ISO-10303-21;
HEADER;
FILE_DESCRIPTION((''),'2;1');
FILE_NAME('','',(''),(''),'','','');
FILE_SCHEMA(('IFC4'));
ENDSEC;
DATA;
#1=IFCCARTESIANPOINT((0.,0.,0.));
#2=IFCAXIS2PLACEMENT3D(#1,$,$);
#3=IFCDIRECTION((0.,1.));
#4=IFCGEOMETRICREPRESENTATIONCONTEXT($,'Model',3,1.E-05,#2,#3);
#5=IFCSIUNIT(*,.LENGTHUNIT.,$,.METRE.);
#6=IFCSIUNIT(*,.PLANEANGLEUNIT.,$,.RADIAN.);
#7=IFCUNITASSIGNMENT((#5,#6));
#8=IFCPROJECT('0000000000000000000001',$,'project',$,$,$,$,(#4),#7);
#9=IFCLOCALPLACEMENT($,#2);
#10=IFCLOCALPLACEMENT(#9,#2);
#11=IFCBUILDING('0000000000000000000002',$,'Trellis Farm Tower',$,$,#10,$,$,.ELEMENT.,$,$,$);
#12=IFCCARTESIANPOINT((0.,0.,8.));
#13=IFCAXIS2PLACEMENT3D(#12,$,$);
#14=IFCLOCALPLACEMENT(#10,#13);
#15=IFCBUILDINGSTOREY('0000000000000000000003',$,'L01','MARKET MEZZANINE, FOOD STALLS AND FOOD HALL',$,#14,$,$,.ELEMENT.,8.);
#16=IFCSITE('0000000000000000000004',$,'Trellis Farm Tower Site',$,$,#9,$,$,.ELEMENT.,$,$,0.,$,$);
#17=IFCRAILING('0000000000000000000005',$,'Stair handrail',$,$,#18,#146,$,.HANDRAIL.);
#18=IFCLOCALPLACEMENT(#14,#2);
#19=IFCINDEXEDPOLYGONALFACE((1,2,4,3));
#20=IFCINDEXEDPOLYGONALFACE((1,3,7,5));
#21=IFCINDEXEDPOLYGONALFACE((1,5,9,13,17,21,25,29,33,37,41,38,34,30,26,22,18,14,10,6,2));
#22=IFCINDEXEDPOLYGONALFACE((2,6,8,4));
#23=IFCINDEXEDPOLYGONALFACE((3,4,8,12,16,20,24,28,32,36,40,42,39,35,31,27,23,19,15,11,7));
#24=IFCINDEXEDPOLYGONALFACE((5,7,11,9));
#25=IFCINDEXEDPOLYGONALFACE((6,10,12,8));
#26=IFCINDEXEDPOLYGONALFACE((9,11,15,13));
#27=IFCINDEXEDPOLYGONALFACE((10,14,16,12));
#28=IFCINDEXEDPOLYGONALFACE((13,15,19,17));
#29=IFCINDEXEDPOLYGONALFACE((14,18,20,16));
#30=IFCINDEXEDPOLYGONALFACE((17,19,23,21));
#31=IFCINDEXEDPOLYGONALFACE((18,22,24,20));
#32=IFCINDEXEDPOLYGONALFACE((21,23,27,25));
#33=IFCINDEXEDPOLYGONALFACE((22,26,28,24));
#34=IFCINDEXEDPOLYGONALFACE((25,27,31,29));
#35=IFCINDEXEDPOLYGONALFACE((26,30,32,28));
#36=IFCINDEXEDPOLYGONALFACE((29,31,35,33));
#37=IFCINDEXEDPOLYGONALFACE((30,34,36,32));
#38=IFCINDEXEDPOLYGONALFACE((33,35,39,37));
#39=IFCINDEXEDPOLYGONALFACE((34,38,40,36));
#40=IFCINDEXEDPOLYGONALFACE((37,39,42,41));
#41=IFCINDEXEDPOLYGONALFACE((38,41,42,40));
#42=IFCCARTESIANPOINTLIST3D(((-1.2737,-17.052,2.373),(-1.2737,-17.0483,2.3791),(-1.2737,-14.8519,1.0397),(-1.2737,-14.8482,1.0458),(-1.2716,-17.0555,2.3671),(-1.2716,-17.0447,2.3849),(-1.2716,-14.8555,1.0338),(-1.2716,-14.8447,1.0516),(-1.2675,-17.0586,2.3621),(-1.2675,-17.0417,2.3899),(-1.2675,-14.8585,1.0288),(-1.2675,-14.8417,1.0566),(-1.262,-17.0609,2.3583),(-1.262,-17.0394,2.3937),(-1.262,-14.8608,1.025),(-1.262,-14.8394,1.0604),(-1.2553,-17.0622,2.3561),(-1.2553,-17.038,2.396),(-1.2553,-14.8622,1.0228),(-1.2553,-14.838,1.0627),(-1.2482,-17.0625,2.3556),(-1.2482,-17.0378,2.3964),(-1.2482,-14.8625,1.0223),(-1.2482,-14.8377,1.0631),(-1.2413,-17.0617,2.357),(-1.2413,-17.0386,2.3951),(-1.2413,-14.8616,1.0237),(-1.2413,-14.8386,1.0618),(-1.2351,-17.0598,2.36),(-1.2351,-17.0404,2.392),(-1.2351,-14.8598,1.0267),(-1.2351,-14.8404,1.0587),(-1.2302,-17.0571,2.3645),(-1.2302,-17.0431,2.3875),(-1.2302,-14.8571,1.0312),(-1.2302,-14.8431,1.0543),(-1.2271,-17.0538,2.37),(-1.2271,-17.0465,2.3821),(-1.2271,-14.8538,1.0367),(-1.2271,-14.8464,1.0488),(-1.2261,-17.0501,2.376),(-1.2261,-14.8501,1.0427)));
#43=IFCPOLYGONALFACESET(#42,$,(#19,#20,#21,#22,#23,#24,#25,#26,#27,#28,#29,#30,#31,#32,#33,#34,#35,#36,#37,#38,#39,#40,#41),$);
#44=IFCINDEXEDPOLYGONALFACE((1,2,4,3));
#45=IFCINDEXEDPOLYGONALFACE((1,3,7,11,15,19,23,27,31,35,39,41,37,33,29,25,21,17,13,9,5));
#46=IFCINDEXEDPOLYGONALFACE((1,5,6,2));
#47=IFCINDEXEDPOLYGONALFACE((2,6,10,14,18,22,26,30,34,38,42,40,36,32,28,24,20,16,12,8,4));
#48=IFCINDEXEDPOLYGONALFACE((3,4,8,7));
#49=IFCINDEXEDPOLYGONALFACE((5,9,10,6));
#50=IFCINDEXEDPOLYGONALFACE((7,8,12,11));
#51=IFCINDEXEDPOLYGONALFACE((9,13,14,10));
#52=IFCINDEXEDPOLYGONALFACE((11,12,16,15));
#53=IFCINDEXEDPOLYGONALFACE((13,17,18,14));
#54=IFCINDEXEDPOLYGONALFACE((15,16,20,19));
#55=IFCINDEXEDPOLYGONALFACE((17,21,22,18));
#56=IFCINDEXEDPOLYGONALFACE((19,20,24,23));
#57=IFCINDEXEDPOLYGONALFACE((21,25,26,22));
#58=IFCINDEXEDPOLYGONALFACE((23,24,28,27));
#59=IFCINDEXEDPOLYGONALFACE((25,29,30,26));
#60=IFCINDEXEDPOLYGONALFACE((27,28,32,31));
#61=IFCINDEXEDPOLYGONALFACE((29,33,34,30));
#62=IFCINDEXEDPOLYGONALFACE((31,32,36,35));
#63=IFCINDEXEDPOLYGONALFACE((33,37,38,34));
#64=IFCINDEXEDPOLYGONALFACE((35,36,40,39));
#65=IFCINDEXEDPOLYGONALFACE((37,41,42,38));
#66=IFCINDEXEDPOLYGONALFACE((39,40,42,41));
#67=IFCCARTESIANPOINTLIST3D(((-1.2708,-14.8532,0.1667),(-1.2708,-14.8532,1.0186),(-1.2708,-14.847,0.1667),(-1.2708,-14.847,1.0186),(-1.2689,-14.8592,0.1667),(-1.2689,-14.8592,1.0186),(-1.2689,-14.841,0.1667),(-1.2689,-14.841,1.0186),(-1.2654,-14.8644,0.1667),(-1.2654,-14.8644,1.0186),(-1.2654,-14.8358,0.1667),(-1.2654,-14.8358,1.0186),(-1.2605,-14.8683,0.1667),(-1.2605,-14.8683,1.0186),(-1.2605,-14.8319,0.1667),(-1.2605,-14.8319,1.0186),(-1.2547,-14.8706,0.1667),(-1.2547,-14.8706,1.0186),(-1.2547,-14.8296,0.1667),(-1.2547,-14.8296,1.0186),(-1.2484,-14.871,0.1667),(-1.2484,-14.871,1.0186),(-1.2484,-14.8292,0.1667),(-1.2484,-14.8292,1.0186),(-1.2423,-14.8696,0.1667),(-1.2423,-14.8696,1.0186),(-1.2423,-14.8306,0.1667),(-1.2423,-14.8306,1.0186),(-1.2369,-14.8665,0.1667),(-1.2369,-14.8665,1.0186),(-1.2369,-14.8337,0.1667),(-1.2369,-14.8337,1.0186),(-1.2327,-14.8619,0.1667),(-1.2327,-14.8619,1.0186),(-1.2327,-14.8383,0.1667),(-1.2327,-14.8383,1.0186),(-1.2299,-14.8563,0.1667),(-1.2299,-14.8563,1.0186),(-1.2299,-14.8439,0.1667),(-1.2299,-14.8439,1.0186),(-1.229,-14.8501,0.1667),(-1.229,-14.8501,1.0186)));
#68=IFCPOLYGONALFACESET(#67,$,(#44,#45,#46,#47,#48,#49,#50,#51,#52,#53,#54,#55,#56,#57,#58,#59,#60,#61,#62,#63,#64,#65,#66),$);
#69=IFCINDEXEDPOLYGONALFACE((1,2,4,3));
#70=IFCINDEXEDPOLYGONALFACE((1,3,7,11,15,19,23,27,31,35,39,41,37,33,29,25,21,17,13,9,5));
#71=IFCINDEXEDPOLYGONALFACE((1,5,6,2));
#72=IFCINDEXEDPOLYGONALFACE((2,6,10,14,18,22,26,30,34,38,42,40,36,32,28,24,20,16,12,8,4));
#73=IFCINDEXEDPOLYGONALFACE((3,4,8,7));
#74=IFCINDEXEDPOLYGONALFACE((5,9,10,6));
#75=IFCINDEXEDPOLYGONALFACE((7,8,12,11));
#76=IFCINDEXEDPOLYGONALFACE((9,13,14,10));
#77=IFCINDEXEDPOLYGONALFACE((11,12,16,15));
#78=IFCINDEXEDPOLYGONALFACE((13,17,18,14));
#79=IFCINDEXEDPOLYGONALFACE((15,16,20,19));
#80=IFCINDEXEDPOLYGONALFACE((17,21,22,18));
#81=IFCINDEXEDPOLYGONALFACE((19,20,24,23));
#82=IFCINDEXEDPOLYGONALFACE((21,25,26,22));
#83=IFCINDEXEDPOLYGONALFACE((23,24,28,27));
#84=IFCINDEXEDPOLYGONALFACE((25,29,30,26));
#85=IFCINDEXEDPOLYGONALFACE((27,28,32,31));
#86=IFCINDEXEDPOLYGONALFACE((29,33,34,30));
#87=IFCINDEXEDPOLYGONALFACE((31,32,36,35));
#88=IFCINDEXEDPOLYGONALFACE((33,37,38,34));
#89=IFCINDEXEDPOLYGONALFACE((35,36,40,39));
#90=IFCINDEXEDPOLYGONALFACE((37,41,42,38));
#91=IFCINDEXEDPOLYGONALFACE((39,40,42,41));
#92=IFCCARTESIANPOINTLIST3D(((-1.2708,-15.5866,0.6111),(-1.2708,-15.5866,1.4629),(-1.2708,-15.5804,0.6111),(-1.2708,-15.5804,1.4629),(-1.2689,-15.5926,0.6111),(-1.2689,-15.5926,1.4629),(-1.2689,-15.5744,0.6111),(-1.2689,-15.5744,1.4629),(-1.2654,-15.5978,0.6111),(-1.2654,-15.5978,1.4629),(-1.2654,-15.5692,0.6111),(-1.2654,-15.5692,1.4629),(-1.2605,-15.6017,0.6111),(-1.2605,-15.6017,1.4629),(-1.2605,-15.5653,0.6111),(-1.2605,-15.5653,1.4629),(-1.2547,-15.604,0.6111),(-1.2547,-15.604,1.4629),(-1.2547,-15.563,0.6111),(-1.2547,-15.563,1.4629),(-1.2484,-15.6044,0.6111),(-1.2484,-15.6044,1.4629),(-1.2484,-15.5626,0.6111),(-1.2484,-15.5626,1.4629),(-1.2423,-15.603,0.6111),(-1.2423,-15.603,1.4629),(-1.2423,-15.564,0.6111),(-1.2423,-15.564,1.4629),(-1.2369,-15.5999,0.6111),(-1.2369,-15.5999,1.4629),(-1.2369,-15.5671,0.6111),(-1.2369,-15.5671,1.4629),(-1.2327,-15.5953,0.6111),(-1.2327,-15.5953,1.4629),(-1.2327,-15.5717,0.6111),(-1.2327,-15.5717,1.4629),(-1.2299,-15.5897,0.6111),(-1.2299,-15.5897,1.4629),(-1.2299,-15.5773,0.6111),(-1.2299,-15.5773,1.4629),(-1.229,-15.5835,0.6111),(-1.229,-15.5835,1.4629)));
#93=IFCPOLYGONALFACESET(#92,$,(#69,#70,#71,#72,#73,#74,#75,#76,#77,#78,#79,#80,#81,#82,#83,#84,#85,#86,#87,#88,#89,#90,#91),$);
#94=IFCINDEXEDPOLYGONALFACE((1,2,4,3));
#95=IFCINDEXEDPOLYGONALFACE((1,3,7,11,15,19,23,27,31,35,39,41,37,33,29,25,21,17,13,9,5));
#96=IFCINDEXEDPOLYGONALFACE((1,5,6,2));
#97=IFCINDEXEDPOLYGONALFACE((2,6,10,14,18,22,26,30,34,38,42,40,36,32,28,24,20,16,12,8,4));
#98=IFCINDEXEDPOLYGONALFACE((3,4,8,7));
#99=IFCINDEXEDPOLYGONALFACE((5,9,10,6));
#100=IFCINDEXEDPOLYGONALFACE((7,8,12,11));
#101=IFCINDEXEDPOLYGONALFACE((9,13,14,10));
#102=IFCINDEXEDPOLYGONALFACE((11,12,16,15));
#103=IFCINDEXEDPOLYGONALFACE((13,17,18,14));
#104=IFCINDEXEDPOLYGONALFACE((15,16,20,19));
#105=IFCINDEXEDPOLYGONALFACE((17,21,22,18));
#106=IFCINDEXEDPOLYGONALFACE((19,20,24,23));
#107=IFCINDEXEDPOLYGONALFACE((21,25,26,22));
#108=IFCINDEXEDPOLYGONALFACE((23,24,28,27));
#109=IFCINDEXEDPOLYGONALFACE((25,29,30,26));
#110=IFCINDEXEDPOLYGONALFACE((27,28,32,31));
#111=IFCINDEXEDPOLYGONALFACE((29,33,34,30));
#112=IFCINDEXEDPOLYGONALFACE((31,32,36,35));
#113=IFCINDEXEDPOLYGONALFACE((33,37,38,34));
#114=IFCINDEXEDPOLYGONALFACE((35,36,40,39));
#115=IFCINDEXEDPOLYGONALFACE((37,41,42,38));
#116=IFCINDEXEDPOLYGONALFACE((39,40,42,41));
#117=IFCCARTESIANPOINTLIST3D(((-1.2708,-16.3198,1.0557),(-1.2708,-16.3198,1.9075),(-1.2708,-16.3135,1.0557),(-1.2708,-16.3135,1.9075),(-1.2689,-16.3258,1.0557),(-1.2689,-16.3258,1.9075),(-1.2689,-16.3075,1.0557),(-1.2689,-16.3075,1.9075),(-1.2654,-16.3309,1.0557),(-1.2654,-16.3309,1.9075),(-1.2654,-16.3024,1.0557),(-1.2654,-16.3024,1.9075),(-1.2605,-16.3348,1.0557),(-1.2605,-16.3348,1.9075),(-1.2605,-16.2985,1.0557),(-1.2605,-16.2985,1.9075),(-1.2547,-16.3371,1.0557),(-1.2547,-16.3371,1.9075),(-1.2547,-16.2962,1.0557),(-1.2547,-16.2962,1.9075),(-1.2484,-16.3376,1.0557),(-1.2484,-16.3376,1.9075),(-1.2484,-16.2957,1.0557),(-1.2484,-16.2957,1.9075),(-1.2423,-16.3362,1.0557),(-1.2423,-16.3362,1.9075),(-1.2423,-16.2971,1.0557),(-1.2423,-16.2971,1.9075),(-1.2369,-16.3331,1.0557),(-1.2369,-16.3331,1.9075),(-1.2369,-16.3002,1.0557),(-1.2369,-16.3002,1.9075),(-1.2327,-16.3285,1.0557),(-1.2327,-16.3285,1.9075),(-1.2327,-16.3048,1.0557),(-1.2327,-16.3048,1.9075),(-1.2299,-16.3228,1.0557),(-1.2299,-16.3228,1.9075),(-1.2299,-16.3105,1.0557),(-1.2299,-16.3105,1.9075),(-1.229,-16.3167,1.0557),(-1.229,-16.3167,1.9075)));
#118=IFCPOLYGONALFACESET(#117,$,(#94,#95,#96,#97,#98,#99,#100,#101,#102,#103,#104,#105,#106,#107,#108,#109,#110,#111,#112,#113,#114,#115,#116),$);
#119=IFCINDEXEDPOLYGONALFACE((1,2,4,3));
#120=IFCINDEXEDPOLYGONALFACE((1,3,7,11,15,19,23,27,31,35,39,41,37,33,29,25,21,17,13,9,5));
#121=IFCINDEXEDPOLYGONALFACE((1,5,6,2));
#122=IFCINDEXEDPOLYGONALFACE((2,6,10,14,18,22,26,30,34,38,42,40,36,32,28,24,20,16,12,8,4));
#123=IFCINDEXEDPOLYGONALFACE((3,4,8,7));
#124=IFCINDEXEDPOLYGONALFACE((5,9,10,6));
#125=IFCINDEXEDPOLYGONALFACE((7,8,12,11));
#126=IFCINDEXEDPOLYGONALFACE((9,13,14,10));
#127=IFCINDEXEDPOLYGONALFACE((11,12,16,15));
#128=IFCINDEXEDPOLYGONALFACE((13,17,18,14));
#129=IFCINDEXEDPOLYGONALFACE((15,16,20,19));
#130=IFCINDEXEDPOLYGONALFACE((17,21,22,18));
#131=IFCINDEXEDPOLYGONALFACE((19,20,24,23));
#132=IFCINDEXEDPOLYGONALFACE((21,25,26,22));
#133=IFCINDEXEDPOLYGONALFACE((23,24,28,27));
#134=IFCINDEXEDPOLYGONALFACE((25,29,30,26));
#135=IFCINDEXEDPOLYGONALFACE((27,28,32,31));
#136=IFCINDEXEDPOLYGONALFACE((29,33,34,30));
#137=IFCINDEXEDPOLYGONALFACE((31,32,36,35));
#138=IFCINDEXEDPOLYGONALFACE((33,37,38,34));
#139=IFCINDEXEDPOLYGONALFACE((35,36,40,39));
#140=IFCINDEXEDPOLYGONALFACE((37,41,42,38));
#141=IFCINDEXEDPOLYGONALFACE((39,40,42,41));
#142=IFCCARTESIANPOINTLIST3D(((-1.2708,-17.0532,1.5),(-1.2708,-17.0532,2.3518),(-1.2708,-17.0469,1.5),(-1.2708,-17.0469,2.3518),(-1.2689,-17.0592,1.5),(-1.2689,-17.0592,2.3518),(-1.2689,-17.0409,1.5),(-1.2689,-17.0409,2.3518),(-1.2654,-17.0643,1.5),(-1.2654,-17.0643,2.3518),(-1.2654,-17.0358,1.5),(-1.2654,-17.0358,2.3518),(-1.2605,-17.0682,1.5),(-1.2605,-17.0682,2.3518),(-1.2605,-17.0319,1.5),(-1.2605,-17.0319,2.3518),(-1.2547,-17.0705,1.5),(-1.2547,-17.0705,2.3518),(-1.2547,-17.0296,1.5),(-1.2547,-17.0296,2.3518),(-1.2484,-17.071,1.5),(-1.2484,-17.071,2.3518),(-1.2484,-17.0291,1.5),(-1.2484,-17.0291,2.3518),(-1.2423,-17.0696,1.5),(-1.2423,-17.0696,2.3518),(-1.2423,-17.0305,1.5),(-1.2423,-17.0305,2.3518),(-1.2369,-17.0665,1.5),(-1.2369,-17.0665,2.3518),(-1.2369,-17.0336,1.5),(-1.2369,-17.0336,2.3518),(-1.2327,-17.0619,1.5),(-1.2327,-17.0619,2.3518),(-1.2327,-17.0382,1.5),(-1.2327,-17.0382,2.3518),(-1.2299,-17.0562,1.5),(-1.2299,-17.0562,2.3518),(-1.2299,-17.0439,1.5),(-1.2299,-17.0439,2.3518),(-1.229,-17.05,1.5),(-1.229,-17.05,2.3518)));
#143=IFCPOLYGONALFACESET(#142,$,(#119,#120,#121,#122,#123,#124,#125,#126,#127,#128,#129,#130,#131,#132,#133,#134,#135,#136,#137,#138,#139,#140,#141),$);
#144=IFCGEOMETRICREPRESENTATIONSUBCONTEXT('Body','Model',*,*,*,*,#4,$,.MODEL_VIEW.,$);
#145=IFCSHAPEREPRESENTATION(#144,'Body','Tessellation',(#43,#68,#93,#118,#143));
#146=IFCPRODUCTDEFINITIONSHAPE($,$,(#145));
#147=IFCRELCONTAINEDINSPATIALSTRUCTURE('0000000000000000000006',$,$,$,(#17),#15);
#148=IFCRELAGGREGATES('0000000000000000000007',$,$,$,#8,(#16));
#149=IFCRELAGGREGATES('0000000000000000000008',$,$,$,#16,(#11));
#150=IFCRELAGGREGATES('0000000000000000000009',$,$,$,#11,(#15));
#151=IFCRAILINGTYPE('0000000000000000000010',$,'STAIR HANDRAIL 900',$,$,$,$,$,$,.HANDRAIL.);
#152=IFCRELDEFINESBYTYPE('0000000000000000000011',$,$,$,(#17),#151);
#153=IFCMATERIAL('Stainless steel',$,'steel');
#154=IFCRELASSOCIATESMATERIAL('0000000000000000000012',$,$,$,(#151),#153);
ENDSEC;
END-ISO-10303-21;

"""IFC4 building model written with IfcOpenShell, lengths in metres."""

from ifc_helpers import new_model, si_unit, direction, frame, origin, origin_2d, place, context, subcontext, project, spatial, circle, extrude, source, transform, mapped, material, type_object, element, save


model = new_model("IFC4")

# Units and contexts
model_context = context("Model", 3, precision=1e-05, world=origin(), true_north=direction((0.0, 1.0)))
body_context = subcontext(model_context, "Body", "Model", "MODEL_VIEW")
ifc_project = project(units=[si_unit("LENGTHUNIT", "METRE"), si_unit("PLANEANGLEUNIT", "RADIAN")], contexts=[model_context])

# Site, building, storey
site_placement = place(None, origin())
site = spatial("IfcSite", under=ifc_project, at=site_placement, Name="Trellis Farm Tower Site", CompositionType="ELEMENT", RefElevation=0.0)
building_placement = place(site_placement, origin())
building = spatial("IfcBuilding", under=site, at=building_placement, Name="Trellis Farm Tower", CompositionType="ELEMENT")
storey_placement = place(building_placement, frame((0.0, 0.0, 8.0)))
storey = spatial("IfcBuildingStorey", under=building, at=storey_placement, Name="L01", Description="MARKET MEZZANINE, FOOD STALLS AND FOOD HALL", CompositionType="ELEMENT", Elevation=8.0)

# Railing
ifc_material_1 = material(Name="Stainless steel", Category="steel")
railing_type = type_object("IfcRailingType", Name="STAIR HANDRAIL 900", PredefinedType="HANDRAIL", material=ifc_material_1)
shared_shape_1 = source(origin(), body_context, "Body", "SweptSolid", [
    extrude(circle(Radius=0.0239, at=origin_2d()), frame((0.0, 0.0, 0.876), z_axis=(0.0, -0.855207, 0.518287), x_axis=(1.0, 0.0, 0.0)), (0.0, 0.0, 1.0), 2.5725),
    extrude(circle(Radius=0.021, at=origin_2d()), origin(), (0.0, 0.0, 1.0), 0.8518),
    extrude(circle(Radius=0.021, at=origin_2d()), frame((0.0, -0.7334, 0.4443)), (0.0, 0.0, 1.0), 0.8518),
    extrude(circle(Radius=0.021, at=origin_2d()), frame((0.0, -1.4666, 0.8889)), (0.0, 0.0, 1.0), 0.8518),
    extrude(circle(Radius=0.021, at=origin_2d()), frame((0.0, -2.2, 1.3333)), (0.0, 0.0, 1.0), 0.8518),
])
for number, where, name in (
    (1, (-1.25, -14.8501, 0.1667), "Stair handrail"),
):
    element("IfcRailing", number, at=place(storey_placement, frame(where)), inside=storey, type_object=railing_type, Name=name, PredefinedType="HANDRAIL", context=body_context, shape_type="MappedRepresentation", body=[
        mapped(shared_shape_1, transform((0.0, 0.0, 0.0))),
    ])

save(model, "model.ifc")
